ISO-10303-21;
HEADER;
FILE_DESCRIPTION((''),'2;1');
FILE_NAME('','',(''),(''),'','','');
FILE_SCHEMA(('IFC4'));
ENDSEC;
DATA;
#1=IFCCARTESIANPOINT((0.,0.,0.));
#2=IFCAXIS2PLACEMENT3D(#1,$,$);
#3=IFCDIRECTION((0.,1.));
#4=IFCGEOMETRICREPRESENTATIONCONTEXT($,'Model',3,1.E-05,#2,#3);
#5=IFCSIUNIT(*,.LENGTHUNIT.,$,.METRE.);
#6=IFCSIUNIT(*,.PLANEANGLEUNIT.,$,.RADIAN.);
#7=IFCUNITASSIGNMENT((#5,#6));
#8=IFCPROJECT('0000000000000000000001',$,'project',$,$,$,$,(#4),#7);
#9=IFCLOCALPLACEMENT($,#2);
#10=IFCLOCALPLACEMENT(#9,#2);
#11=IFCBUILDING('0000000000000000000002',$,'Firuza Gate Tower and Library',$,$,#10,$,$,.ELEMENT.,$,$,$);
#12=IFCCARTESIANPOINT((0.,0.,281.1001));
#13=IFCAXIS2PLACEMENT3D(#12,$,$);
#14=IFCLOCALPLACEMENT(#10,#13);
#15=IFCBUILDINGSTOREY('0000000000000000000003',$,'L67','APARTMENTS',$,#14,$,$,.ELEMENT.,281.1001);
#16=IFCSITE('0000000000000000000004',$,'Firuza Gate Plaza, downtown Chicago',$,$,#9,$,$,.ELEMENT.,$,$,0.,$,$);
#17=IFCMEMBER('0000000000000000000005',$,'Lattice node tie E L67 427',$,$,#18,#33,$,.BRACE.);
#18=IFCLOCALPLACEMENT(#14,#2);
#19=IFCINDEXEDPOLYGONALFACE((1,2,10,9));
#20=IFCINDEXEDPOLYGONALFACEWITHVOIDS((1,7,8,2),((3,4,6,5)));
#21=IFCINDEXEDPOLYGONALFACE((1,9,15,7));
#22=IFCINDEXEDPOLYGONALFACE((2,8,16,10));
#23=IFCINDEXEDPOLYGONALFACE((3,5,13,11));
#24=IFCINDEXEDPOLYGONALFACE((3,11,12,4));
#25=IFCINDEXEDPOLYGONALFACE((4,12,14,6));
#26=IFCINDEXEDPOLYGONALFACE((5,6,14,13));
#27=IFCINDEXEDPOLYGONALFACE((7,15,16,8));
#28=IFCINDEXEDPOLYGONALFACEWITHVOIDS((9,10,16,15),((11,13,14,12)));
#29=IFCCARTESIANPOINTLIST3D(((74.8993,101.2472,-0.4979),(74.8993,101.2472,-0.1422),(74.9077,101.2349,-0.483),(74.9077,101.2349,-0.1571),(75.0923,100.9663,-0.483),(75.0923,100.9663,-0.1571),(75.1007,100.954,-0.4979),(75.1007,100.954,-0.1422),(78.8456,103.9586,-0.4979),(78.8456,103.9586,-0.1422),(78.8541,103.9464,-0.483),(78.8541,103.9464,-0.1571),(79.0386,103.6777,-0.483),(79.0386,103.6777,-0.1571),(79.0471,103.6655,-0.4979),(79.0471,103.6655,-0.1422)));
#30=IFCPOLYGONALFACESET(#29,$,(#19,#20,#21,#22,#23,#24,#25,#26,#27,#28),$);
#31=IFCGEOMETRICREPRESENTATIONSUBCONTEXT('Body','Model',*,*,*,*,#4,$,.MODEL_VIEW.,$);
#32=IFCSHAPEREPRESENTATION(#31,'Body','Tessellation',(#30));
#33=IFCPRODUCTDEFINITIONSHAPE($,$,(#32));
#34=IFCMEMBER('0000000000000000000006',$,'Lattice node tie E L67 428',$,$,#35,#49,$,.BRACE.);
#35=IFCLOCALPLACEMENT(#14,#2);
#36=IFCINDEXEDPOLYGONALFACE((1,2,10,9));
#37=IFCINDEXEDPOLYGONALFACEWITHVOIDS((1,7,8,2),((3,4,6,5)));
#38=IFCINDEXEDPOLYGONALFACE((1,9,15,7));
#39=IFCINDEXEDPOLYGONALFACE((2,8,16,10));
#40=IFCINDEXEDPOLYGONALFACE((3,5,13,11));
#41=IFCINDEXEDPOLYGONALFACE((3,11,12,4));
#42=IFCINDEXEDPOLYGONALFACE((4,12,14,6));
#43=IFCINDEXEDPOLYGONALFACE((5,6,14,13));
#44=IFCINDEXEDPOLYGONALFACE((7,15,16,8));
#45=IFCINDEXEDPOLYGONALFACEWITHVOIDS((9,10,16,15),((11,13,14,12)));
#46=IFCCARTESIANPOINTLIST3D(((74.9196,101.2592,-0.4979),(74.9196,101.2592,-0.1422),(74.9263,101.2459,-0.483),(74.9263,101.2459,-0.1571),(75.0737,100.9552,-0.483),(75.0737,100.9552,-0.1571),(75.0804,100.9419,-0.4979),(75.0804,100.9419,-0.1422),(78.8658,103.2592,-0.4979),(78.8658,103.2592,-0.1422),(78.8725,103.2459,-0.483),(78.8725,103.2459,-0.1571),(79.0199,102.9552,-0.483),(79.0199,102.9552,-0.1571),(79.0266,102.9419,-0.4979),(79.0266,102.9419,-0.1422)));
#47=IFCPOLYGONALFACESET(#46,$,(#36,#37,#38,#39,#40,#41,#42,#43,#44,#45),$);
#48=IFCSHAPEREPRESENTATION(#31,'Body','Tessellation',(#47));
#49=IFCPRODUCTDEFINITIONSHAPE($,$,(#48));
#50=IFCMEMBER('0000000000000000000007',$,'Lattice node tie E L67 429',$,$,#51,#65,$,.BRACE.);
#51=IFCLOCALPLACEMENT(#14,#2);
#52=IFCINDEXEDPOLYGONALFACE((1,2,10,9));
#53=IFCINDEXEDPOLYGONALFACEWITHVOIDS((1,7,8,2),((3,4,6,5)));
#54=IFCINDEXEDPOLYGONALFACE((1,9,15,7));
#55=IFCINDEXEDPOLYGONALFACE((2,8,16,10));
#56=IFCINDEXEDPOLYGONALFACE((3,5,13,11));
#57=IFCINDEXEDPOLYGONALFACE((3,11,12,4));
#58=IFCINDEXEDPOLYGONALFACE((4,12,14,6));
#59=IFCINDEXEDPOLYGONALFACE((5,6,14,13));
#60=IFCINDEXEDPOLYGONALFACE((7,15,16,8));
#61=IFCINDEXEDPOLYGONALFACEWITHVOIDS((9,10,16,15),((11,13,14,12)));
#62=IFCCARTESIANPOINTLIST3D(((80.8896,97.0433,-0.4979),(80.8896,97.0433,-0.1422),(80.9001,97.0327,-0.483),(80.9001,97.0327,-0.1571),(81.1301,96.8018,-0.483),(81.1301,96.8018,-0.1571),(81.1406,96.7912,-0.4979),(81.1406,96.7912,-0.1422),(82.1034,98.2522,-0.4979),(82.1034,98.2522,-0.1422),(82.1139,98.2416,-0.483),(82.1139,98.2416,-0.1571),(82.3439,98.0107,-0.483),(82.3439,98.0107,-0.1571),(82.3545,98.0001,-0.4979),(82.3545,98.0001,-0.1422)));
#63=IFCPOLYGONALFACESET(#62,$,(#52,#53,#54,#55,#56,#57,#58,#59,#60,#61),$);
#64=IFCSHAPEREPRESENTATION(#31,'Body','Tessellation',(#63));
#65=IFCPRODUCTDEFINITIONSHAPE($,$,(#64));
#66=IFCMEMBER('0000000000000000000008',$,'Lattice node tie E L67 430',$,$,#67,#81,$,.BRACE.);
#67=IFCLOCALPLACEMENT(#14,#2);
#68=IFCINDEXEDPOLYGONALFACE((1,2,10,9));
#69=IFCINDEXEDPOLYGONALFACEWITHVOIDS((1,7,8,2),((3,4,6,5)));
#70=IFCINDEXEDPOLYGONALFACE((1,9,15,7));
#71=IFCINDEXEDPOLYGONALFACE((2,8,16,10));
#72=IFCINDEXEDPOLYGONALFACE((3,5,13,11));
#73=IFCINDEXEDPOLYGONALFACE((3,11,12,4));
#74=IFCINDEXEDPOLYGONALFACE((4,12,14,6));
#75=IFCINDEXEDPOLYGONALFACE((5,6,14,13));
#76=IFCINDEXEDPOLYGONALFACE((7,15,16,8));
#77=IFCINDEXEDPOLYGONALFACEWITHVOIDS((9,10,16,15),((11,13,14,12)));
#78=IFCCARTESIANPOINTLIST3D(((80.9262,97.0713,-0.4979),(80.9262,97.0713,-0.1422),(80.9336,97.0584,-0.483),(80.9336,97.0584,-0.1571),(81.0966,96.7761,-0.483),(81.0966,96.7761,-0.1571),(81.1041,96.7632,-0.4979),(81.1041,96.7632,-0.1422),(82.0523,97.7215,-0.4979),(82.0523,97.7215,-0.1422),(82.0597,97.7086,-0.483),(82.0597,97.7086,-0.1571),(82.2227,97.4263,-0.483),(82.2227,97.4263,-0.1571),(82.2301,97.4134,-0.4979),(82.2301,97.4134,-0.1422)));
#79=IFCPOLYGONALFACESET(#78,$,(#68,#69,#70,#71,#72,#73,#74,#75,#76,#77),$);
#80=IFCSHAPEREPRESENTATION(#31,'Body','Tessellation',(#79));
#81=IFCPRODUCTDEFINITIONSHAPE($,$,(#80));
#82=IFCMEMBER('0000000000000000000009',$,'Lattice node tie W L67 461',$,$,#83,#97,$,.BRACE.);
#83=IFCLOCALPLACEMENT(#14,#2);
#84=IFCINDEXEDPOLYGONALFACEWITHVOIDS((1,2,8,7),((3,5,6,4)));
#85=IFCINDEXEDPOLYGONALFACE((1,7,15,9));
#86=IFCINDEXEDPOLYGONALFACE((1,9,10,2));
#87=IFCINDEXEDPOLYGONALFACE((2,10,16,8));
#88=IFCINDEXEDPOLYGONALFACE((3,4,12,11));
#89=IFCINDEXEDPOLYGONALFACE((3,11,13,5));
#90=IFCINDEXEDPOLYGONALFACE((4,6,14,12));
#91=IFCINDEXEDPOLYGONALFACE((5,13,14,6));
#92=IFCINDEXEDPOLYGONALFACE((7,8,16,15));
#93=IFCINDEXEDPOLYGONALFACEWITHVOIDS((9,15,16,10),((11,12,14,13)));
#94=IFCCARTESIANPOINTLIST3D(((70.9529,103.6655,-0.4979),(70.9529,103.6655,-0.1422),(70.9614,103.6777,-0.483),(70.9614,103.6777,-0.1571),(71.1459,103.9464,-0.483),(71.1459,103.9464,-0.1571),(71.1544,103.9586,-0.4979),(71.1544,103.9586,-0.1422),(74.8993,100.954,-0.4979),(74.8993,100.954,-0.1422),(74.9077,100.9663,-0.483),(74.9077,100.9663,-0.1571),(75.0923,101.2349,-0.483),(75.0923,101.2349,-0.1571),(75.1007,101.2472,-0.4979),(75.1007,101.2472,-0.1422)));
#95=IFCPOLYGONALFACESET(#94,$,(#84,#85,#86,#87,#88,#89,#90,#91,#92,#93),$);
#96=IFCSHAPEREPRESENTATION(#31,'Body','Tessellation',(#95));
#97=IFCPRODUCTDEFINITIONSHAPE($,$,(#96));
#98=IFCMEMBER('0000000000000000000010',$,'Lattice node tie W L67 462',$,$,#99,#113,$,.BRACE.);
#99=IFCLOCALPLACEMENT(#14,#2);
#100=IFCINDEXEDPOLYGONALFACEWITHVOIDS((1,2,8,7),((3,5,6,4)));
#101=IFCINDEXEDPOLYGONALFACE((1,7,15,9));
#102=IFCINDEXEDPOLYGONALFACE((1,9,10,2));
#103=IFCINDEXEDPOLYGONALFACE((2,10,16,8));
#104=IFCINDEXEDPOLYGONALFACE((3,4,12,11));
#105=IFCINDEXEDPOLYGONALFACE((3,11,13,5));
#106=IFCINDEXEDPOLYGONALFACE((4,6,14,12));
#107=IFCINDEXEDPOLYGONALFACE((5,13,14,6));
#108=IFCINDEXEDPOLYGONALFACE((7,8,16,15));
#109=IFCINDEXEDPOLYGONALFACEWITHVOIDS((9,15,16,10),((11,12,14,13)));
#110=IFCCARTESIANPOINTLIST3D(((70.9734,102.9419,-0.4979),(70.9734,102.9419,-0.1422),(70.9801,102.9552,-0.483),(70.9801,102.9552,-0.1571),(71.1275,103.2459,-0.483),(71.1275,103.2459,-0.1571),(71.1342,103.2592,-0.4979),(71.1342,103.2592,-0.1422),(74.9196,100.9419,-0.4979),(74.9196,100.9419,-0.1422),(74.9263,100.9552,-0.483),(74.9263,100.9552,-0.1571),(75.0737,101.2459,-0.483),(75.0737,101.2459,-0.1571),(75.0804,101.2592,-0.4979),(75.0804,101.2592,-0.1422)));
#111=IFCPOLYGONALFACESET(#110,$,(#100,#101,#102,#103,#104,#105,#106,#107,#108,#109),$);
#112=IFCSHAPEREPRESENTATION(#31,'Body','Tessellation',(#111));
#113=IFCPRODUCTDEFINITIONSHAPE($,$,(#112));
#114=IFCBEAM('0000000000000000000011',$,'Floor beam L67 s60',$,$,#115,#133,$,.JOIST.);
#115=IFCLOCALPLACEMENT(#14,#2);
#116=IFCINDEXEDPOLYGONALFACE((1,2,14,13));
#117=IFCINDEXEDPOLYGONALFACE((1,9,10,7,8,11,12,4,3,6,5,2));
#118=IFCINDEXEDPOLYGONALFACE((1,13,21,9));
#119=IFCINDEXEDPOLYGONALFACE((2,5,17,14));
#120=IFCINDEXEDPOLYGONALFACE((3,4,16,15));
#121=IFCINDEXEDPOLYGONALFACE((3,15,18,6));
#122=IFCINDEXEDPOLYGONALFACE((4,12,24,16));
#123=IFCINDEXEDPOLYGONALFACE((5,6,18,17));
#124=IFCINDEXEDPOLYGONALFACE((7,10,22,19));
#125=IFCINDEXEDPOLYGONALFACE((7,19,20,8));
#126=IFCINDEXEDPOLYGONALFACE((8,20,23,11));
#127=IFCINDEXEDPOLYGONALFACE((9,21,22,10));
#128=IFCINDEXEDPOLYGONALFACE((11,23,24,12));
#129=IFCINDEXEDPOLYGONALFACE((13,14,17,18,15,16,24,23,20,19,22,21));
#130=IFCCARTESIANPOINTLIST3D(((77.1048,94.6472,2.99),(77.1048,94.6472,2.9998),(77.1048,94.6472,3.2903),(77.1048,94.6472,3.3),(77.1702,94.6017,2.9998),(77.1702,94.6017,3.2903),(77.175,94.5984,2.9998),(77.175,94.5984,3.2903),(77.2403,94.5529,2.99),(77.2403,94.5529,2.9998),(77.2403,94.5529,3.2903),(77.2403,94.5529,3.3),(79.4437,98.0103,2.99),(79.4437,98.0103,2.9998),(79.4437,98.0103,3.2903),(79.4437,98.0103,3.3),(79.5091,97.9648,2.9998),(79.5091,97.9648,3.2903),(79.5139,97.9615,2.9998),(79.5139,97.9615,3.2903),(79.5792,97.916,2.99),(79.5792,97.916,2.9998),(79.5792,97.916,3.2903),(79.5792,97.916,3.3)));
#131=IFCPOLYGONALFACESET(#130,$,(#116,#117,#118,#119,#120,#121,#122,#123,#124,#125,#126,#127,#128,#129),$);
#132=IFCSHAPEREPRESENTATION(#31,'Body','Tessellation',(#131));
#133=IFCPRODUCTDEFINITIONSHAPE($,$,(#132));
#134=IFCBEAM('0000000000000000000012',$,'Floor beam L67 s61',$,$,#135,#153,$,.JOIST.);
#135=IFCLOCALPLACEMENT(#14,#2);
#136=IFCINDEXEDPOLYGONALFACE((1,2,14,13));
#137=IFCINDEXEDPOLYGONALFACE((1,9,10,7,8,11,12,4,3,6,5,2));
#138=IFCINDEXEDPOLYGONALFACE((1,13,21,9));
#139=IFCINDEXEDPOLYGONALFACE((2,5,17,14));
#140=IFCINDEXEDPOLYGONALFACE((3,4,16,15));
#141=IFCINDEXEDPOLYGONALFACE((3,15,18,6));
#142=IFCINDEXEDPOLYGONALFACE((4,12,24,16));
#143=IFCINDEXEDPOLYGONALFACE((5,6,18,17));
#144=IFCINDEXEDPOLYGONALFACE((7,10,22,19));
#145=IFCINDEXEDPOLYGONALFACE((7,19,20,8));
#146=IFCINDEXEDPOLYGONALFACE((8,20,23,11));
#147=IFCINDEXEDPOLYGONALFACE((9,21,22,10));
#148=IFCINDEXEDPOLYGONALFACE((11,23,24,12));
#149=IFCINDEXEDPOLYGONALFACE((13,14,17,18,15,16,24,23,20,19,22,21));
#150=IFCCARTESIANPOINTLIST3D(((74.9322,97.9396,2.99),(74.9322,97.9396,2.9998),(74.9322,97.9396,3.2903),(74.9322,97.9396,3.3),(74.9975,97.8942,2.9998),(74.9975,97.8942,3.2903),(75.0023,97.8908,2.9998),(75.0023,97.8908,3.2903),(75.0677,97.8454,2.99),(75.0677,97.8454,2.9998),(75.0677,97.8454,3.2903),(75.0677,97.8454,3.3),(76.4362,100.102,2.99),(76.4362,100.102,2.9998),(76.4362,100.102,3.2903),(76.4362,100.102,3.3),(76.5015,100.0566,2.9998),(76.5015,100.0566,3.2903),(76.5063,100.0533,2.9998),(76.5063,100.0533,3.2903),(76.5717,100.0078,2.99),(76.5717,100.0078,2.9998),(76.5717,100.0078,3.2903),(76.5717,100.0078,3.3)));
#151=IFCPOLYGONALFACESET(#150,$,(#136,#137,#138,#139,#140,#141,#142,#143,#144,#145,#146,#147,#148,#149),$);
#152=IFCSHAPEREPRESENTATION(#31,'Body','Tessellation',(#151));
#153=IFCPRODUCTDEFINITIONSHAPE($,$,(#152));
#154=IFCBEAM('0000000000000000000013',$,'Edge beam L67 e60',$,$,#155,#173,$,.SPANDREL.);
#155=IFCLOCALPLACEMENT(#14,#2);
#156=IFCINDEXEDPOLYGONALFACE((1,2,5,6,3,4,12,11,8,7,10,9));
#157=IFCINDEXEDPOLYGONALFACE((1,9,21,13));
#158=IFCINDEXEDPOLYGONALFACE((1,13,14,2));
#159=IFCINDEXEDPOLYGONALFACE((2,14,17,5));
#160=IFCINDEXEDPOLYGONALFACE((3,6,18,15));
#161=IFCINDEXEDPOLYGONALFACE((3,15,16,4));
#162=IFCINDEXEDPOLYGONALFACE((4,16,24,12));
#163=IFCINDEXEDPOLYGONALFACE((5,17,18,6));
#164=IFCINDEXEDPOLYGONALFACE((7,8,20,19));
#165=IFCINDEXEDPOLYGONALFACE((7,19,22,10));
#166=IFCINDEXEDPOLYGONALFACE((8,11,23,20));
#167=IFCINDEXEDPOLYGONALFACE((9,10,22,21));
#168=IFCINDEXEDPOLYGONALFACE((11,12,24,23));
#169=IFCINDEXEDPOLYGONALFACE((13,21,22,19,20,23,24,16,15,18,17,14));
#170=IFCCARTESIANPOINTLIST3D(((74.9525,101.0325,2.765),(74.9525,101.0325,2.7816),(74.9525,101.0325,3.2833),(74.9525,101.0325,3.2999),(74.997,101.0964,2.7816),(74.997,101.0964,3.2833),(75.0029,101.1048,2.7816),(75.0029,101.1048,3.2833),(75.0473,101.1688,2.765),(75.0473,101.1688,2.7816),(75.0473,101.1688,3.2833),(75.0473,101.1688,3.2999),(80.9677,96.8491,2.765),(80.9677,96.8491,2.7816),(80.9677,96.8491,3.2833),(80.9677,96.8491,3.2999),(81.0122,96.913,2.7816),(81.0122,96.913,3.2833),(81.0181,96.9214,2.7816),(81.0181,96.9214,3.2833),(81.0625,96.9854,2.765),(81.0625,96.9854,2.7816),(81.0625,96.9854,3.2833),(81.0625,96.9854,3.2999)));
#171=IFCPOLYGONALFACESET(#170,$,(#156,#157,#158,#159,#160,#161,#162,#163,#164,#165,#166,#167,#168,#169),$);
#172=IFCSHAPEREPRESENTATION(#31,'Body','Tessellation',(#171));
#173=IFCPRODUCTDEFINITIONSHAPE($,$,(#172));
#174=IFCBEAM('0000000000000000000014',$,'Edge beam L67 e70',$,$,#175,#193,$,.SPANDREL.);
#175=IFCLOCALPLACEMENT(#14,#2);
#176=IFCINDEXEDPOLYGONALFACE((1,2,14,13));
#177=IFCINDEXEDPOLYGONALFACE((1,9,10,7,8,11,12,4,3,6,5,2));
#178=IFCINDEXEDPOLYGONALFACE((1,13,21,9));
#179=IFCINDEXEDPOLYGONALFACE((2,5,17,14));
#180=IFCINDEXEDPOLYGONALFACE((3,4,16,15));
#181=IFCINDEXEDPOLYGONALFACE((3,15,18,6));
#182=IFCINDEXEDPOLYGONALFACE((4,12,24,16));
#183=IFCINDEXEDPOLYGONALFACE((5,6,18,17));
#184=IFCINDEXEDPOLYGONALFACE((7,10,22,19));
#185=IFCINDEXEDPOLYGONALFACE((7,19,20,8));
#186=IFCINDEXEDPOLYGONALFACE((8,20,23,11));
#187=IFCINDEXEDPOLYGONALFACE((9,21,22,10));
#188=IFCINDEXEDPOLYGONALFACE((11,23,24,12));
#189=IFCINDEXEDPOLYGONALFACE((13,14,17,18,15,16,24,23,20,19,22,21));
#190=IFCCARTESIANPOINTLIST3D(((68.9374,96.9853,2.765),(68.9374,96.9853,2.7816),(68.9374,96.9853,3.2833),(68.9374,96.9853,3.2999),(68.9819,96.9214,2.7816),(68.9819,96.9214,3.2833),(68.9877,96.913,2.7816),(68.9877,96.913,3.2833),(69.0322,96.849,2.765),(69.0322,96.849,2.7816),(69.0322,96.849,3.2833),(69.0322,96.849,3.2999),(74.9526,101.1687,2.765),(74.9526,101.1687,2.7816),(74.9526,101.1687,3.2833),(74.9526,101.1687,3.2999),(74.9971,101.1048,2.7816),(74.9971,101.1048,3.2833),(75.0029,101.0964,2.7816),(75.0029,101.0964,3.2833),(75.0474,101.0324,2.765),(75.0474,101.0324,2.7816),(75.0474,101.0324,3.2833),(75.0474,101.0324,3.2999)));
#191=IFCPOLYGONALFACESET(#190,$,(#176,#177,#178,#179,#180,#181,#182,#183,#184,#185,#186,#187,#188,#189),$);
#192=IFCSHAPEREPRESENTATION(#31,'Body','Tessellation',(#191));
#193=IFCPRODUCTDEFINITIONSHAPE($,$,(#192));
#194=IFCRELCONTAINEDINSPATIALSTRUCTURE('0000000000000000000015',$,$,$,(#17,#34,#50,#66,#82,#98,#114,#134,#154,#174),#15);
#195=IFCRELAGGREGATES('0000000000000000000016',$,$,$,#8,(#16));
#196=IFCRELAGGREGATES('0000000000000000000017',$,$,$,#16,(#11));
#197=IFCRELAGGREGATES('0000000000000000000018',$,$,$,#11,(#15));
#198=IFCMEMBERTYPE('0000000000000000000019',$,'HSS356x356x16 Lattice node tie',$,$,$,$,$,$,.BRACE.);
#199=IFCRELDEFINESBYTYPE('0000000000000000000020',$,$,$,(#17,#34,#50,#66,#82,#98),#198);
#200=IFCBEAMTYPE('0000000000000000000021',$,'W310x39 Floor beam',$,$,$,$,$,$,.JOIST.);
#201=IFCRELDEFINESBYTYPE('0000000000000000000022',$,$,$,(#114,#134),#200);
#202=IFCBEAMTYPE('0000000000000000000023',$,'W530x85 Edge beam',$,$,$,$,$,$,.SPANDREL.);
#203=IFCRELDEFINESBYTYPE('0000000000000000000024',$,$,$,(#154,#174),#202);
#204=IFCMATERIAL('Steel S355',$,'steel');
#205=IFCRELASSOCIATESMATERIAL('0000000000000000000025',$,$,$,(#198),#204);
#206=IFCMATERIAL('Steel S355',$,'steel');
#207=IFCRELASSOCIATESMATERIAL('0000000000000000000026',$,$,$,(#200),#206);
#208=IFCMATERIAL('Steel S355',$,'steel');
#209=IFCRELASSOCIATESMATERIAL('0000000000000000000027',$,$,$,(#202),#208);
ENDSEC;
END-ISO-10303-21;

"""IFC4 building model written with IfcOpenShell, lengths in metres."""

from ifc_helpers import new_model, si_unit, direction, frame, origin, origin_2d, place, context, subcontext, project, spatial, hollow_rectangle, i_section, extrude, material, material_profile, profile_set, type_object, element, save


model = new_model("IFC4")

# Units and contexts
model_context = context("Model", 3, precision=1e-05, world=origin(), true_north=direction((0.0, 1.0)))
body_context = subcontext(model_context, "Body", "Model", "MODEL_VIEW")
ifc_project = project(units=[si_unit("LENGTHUNIT", "METRE"), si_unit("PLANEANGLEUNIT", "RADIAN")], contexts=[model_context])

# Site, building, storey
site_placement = place(None, origin())
site = spatial("IfcSite", under=ifc_project, at=site_placement, Name="Firuza Gate Plaza, downtown Chicago", CompositionType="ELEMENT", RefElevation=0.0)
building_placement = place(site_placement, origin())
building = spatial("IfcBuilding", under=site, at=building_placement, Name="Firuza Gate Tower and Library", CompositionType="ELEMENT")
storey_placement = place(building_placement, frame((0.0, 0.0, 281.1001)))
storey = spatial("IfcBuildingStorey", under=building, at=storey_placement, Name="L67", Description="APARTMENTS", CompositionType="ELEMENT", Elevation=281.1001)

# Members
ifc_material_1 = material(Name="Steel S355", Category="steel")
ifc_material_profile_1 = material_profile(ifc_material_1, hollow_rectangle(XDim=0.3557, YDim=0.3557, WallThickness=0.0149, at=origin_2d()))
ifc_profile_set_1 = profile_set([ifc_material_profile_1], Name="Steel S355")
member_type_1 = type_object("IfcMemberType", Name="HSS356x356x16 Lattice node tie", PredefinedType="BRACE", material=ifc_profile_set_1)
member_1_placement = place(storey_placement, frame((75.0, 101.1006, -0.3201), z_axis=(0.824203, 0.566295, 0.0), x_axis=(-0.566295, 0.824203, 0.0)))
element("IfcMember", 1, at=member_1_placement, inside=storey, type_object=member_type_1, Name="Lattice node tie E L67 427", PredefinedType="BRACE", context=body_context, shape_type="SweptSolid", body=[
    extrude(hollow_rectangle(XDim=0.3557, YDim=0.3557, WallThickness=0.0149, at=origin_2d()), origin(), (0.0, 0.0, 1.0), 4.7881),
])
member_2_placement = place(storey_placement, frame((75.0, 101.1006, -0.3201), z_axis=(0.891986, 0.452063, 0.0), x_axis=(-0.452063, 0.891986, 0.0)))
element("IfcMember", 2, at=member_2_placement, inside=storey, type_object=member_type_1, Name="Lattice node tie E L67 428", PredefinedType="BRACE", context=body_context, shape_type="SweptSolid", body=[
    extrude(hollow_rectangle(XDim=0.3557, YDim=0.3557, WallThickness=0.0149, at=origin_2d()), origin(), (0.0, 0.0, 1.0), 4.4241),
])
member_3_placement = place(storey_placement, frame((81.0151, 96.9172, -0.3201), z_axis=(0.70853, 0.70568, 0.0), x_axis=(-0.70568, 0.70853, 0.0)))
element("IfcMember", 3, at=member_3_placement, inside=storey, type_object=member_type_1, Name="Lattice node tie E L67 429", PredefinedType="BRACE", context=body_context, shape_type="SweptSolid", body=[
    extrude(hollow_rectangle(XDim=0.3557, YDim=0.3557, WallThickness=0.0149, at=origin_2d()), origin(), (0.0, 0.0, 1.0), 1.7131),
])
member_4_placement = place(storey_placement, frame((81.0151, 96.9172, -0.3201), z_axis=(0.866004, 0.500037, 0.0), x_axis=(-0.500037, 0.866004, 0.0)))
element("IfcMember", 4, at=member_4_placement, inside=storey, type_object=member_type_1, Name="Lattice node tie E L67 430", PredefinedType="BRACE", context=body_context, shape_type="SweptSolid", body=[
    extrude(hollow_rectangle(XDim=0.3557, YDim=0.3557, WallThickness=0.0149, at=origin_2d()), origin(), (0.0, 0.0, 1.0), 1.3003),
])
member_5_placement = place(storey_placement, frame((75.0, 101.1006, -0.3201), z_axis=(-0.824203, 0.566295, 0.0), x_axis=(-0.566295, -0.824203, 0.0)))
element("IfcMember", 5, at=member_5_placement, inside=storey, type_object=member_type_1, Name="Lattice node tie W L67 461", PredefinedType="BRACE", context=body_context, shape_type="SweptSolid", body=[
    extrude(hollow_rectangle(XDim=0.3557, YDim=0.3557, WallThickness=0.0149, at=origin_2d()), origin(), (0.0, 0.0, 1.0), 4.7881),
])
member_6_placement = place(storey_placement, frame((75.0, 101.1006, -0.3201), z_axis=(-0.891986, 0.452063, 0.0), x_axis=(-0.452063, -0.891986, 0.0)))
element("IfcMember", 6, at=member_6_placement, inside=storey, type_object=member_type_1, Name="Lattice node tie W L67 462", PredefinedType="BRACE", context=body_context, shape_type="SweptSolid", body=[
    extrude(hollow_rectangle(XDim=0.3557, YDim=0.3557, WallThickness=0.0149, at=origin_2d()), origin(), (0.0, 0.0, 1.0), 4.4241),
])

# Beams
ifc_material_2 = material(Name="Steel S355", Category="steel")
ifc_material_profile_2 = material_profile(ifc_material_2, i_section(OverallWidth=0.165, OverallDepth=0.3101, WebThickness=0.0059, FlangeThickness=0.0098, at=origin_2d()))
ifc_profile_set_2 = profile_set([ifc_material_profile_2], Name="Steel S355")
beam_type_1 = type_object("IfcBeamType", Name="W310x39 Floor beam", PredefinedType="JOIST", material=ifc_profile_set_2)
beam_1_placement = place(storey_placement, frame((79.5115, 97.9631, 3.145), z_axis=(-0.57096, -0.820978, 0.0), x_axis=(0.820978, -0.57096, 0.0)))
element("IfcBeam", 7, at=beam_1_placement, inside=storey, type_object=beam_type_1, Name="Floor beam L67 s60", PredefinedType="JOIST", context=body_context, shape_type="SweptSolid", body=[
    extrude(i_section(OverallWidth=0.165, OverallDepth=0.3101, WebThickness=0.0059, FlangeThickness=0.0098, at=origin_2d()), origin(), (0.0, 0.0, 1.0), 4.0964),
])
beam_2_placement = place(storey_placement, frame((76.5039, 100.0549, 3.145), z_axis=(-0.570978, -0.820966, 0.0), x_axis=(0.820966, -0.570978, 0.0)))
element("IfcBeam", 8, at=beam_2_placement, inside=storey, type_object=beam_type_1, Name="Floor beam L67 s61", PredefinedType="JOIST", context=body_context, shape_type="SweptSolid", body=[
    extrude(i_section(OverallWidth=0.165, OverallDepth=0.3101, WebThickness=0.0059, FlangeThickness=0.0098, at=origin_2d()), origin(), (0.0, 0.0, 1.0), 2.634),
])
ifc_material_3 = material(Name="Steel S355", Category="steel")
ifc_material_profile_3 = material_profile(ifc_material_3, i_section(OverallWidth=0.166, OverallDepth=0.5349, WebThickness=0.0103, FlangeThickness=0.0166, at=origin_2d()))
ifc_profile_set_3 = profile_set([ifc_material_profile_3], Name="Steel S355")
beam_type_2 = type_object("IfcBeamType", Name="W530x85 Edge beam", PredefinedType="SPANDREL", material=ifc_profile_set_3)
for number, where, z_axis, x_axis, name in (
    (9, (81.0151, 96.9172, 3.0325), (-0.820975, 0.570964, 0.0), (-0.570964, -0.820975, 0.0), "Edge beam L67 e60"),
    (10, (75.0, 101.1006, 3.0325), (-0.820975, -0.570964, 0.0), (0.570964, -0.820975, 0.0), "Edge beam L67 e70"),
):
    element("IfcBeam", number, at=place(storey_placement, frame(where, z_axis=z_axis, x_axis=x_axis)), inside=storey, type_object=beam_type_2, Name=name, PredefinedType="SPANDREL", context=body_context, shape_type="SweptSolid", body=[
        extrude(i_section(OverallWidth=0.166, OverallDepth=0.5349, WebThickness=0.0103, FlangeThickness=0.0166, at=origin_2d()), origin(), (0.0, 0.0, 1.0), 7.3269),
    ])

save(model, "model.ifc")
